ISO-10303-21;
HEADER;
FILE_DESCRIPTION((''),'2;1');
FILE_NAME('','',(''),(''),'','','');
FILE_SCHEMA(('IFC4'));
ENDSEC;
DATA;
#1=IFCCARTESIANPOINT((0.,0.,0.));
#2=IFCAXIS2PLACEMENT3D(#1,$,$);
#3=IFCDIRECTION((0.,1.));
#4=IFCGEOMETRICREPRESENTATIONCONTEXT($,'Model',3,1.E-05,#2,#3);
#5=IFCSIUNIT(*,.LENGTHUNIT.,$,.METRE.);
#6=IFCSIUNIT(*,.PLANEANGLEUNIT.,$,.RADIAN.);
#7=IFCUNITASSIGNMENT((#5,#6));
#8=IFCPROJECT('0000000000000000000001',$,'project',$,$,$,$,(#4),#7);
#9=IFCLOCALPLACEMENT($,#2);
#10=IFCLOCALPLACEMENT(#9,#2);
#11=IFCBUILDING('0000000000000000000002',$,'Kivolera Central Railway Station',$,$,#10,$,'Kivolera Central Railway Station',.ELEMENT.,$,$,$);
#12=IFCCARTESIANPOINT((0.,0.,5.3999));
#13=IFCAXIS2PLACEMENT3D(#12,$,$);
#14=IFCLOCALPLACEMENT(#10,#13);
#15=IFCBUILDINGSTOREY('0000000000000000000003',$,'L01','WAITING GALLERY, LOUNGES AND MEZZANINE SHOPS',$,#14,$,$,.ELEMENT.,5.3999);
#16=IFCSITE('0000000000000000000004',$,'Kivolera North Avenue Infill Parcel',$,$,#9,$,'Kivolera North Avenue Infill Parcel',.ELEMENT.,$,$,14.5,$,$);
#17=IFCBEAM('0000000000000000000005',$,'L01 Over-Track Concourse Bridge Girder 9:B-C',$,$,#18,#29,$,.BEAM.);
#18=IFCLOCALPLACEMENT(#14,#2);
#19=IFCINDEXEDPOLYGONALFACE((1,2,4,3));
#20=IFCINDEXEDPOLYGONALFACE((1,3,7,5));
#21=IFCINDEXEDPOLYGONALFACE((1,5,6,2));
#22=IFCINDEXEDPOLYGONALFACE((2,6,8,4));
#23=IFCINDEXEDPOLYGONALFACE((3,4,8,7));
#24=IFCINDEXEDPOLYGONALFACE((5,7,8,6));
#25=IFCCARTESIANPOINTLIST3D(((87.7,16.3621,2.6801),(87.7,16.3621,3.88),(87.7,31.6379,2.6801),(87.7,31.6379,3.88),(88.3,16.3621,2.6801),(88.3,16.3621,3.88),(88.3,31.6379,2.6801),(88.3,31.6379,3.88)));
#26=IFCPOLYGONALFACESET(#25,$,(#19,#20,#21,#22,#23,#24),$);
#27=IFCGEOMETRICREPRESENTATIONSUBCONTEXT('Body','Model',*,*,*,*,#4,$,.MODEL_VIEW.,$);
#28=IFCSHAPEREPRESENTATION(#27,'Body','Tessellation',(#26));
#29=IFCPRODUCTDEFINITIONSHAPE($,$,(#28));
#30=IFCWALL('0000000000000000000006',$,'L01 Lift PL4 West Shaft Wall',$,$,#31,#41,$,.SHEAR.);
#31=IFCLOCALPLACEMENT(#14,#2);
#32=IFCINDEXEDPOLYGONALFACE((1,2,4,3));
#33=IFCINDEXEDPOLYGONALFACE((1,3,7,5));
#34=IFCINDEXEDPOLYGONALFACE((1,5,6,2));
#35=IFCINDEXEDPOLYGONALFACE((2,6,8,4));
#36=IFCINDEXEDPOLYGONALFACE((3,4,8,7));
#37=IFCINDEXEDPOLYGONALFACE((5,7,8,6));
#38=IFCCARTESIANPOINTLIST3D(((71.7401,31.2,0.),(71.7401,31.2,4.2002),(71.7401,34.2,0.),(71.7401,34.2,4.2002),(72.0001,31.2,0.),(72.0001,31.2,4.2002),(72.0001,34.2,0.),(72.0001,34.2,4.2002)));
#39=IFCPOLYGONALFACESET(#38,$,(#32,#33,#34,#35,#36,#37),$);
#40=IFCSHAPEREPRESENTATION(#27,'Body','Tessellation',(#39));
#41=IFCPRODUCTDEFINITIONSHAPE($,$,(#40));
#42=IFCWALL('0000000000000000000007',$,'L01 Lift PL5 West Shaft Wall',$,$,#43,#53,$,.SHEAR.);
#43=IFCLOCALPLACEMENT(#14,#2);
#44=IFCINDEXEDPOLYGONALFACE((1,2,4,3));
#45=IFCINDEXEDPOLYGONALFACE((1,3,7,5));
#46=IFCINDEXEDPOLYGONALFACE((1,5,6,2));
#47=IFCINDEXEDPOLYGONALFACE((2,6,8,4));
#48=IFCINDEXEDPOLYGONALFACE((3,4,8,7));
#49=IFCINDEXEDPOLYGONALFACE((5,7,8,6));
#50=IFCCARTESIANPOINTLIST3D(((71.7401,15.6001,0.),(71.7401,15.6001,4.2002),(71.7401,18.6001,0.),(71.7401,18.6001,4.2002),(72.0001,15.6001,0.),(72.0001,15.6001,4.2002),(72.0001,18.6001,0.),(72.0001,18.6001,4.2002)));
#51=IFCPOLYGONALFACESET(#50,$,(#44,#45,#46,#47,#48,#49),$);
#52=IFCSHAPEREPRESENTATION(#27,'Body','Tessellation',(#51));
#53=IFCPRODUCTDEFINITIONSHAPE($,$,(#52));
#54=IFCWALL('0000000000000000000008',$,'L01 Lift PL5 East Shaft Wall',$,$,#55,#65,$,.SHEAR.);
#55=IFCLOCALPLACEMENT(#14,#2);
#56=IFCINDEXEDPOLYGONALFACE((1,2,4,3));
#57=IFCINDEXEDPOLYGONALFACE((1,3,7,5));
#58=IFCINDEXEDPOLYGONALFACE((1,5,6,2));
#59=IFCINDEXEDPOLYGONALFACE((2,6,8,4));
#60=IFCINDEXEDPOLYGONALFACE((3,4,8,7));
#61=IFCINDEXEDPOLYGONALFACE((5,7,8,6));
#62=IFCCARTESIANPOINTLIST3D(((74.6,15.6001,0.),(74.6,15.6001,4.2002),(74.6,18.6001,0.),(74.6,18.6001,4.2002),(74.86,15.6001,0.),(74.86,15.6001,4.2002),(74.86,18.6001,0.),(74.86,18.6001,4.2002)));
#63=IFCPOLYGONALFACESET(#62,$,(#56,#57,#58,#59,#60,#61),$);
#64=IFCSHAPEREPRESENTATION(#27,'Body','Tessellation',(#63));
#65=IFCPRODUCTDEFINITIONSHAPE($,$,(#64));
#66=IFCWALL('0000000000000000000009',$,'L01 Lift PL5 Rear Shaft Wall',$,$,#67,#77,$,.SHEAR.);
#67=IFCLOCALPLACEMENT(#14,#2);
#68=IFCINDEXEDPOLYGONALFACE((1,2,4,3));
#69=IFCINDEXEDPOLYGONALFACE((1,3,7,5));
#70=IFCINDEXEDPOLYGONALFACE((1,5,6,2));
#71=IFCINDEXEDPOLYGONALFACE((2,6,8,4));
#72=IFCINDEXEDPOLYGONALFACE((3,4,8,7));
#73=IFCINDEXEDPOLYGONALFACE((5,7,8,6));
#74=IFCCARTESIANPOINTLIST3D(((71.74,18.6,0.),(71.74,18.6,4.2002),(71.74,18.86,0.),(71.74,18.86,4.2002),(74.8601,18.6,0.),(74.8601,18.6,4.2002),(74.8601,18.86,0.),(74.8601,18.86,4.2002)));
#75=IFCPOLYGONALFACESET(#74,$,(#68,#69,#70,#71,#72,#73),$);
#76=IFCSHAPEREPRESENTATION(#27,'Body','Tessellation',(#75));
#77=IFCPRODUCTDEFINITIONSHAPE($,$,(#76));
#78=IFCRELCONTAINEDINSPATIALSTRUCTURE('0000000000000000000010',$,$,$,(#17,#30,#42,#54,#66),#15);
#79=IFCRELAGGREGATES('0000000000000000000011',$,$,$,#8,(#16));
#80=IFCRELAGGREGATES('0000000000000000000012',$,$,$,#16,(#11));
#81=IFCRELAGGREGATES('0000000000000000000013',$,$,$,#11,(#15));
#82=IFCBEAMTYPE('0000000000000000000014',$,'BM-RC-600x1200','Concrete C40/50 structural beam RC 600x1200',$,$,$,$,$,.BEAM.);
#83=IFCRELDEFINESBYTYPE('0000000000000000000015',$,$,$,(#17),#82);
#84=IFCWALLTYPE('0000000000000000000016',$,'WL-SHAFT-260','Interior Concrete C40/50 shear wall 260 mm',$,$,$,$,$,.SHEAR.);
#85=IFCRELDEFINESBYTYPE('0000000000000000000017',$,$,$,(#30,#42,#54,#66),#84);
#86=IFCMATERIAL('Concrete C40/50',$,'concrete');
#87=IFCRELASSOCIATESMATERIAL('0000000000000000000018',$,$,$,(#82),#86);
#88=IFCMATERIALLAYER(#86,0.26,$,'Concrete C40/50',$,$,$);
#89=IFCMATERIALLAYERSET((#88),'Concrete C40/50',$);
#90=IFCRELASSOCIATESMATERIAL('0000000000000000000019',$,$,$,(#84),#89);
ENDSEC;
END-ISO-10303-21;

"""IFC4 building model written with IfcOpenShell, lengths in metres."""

from ifc_helpers import new_model, si_unit, direction, frame, frame_2d, origin, origin_2d, place, context, subcontext, project, spatial, rectangle, extrude, material, layer, layer_set, material_profile, profile_set, type_object, element, save


model = new_model("IFC4")

# Units and contexts
model_context = context("Model", 3, precision=1e-05, world=origin(), true_north=direction((0.0, 1.0)))
body_context = subcontext(model_context, "Body", "Model", "MODEL_VIEW")
ifc_project = project(units=[si_unit("LENGTHUNIT", "METRE"), si_unit("PLANEANGLEUNIT", "RADIAN")], contexts=[model_context])

# Site, building, storey
site_placement = place(None, origin())
site = spatial("IfcSite", under=ifc_project, at=site_placement, Name="Kivolera North Avenue Infill Parcel", LongName="Kivolera North Avenue Infill Parcel", CompositionType="ELEMENT", RefElevation=14.5)
building_placement = place(site_placement, origin())
building = spatial("IfcBuilding", under=site, at=building_placement, Name="Kivolera Central Railway Station", LongName="Kivolera Central Railway Station", CompositionType="ELEMENT")
storey_placement = place(building_placement, frame((0.0, 0.0, 5.3999)))
storey = spatial("IfcBuildingStorey", under=building, at=storey_placement, Name="L01", Description="WAITING GALLERY, LOUNGES AND MEZZANINE SHOPS", CompositionType="ELEMENT", Elevation=5.3999)

# Shared definitions
ifc_material_1 = material(Name="Concrete C40/50", Category="concrete")

# Beam
ifc_material_profile_1 = material_profile(ifc_material_1, rectangle(XDim=0.6001, YDim=1.2, at=origin_2d()), Name="RC 600x1200")
ifc_profile_set_1 = profile_set([ifc_material_profile_1], Name="Concrete C40/50")
beam_type_1 = type_object("IfcBeamType", Name="BM-RC-600x1200", Description="Concrete C40/50 structural beam RC 600x1200", PredefinedType="BEAM", material=ifc_profile_set_1)
for number, where, z_axis, x_axis, name in (
    (1, (88.0, 16.3621, 3.28), (0.0, 1.0, 0.0), (-1.0, 0.0, 0.0), "L01 Over-Track Concourse Bridge Girder 9:B-C"),
):
    element("IfcBeam", number, at=place(storey_placement, frame(where, z_axis=z_axis, x_axis=x_axis)), inside=storey, type_object=beam_type_1, Name=name, PredefinedType="BEAM", context=body_context, shape_type="SweptSolid", body=[
        extrude(rectangle(XDim=0.6001, YDim=1.2, at=origin_2d()), origin(), (0.0, 0.0, 1.0), 15.2759),
    ])

# Shared definitions
ifc_layer_1 = layer(ifc_material_1, 0.26, Name="Concrete C40/50")
ifc_layer_set_1 = layer_set([ifc_layer_1], Name="Concrete C40/50")
wall_type = type_object("IfcWallType", Name="WL-SHAFT-260", Description="Interior Concrete C40/50 shear wall 260 mm", PredefinedType="SHEAR", material=ifc_layer_set_1)

# Wall
wall_1_placement = place(storey_placement, frame((71.8701, 31.2, 0.0), z_axis=(0.0, 0.0, 1.0), x_axis=(0.0, 1.0, 0.0)))
element("IfcWall", 2, at=wall_1_placement, inside=storey, type_object=wall_type, Name="L01 Lift PL4 West Shaft Wall", PredefinedType="SHEAR", context=body_context, shape_type="SweptSolid", body=[
    extrude(rectangle(XDim=3.0, YDim=0.26, at=frame_2d((1.5, 0.0))), origin(), (0.0, 0.0, 1.0), 4.2002),
])

# Walls
for number, where, z_axis, x_axis, name in (
    (3, (71.8701, 15.6001, 0.0), (0.0, 0.0, 1.0), (0.0, 1.0, 0.0), "L01 Lift PL5 West Shaft Wall"),
    (4, (74.73, 15.6001, 0.0), (0.0, 0.0, 1.0), (0.0, 1.0, 0.0), "L01 Lift PL5 East Shaft Wall"),
):
    element("IfcWall", number, at=place(storey_placement, frame(where, z_axis=z_axis, x_axis=x_axis)), inside=storey, type_object=wall_type, Name=name, PredefinedType="SHEAR", context=body_context, shape_type="SweptSolid", body=[
        extrude(rectangle(XDim=3.0, YDim=0.26, at=frame_2d((1.5, 0.0))), origin(), (0.0, 0.0, 1.0), 4.2002),
    ])
wall_2_placement = place(storey_placement, frame((71.74, 18.73, 0.0), z_axis=(0.0, 0.0, 1.0), x_axis=(1.0, 0.0, 0.0)))
element("IfcWall", 5, at=wall_2_placement, inside=storey, type_object=wall_type, Name="L01 Lift PL5 Rear Shaft Wall", PredefinedType="SHEAR", context=body_context, shape_type="SweptSolid", body=[
    extrude(rectangle(XDim=3.1201, YDim=0.26, at=frame_2d((1.5601, 0.0))), origin(), (0.0, 0.0, 1.0), 4.2002),
])

save(model, "model.ifc")
